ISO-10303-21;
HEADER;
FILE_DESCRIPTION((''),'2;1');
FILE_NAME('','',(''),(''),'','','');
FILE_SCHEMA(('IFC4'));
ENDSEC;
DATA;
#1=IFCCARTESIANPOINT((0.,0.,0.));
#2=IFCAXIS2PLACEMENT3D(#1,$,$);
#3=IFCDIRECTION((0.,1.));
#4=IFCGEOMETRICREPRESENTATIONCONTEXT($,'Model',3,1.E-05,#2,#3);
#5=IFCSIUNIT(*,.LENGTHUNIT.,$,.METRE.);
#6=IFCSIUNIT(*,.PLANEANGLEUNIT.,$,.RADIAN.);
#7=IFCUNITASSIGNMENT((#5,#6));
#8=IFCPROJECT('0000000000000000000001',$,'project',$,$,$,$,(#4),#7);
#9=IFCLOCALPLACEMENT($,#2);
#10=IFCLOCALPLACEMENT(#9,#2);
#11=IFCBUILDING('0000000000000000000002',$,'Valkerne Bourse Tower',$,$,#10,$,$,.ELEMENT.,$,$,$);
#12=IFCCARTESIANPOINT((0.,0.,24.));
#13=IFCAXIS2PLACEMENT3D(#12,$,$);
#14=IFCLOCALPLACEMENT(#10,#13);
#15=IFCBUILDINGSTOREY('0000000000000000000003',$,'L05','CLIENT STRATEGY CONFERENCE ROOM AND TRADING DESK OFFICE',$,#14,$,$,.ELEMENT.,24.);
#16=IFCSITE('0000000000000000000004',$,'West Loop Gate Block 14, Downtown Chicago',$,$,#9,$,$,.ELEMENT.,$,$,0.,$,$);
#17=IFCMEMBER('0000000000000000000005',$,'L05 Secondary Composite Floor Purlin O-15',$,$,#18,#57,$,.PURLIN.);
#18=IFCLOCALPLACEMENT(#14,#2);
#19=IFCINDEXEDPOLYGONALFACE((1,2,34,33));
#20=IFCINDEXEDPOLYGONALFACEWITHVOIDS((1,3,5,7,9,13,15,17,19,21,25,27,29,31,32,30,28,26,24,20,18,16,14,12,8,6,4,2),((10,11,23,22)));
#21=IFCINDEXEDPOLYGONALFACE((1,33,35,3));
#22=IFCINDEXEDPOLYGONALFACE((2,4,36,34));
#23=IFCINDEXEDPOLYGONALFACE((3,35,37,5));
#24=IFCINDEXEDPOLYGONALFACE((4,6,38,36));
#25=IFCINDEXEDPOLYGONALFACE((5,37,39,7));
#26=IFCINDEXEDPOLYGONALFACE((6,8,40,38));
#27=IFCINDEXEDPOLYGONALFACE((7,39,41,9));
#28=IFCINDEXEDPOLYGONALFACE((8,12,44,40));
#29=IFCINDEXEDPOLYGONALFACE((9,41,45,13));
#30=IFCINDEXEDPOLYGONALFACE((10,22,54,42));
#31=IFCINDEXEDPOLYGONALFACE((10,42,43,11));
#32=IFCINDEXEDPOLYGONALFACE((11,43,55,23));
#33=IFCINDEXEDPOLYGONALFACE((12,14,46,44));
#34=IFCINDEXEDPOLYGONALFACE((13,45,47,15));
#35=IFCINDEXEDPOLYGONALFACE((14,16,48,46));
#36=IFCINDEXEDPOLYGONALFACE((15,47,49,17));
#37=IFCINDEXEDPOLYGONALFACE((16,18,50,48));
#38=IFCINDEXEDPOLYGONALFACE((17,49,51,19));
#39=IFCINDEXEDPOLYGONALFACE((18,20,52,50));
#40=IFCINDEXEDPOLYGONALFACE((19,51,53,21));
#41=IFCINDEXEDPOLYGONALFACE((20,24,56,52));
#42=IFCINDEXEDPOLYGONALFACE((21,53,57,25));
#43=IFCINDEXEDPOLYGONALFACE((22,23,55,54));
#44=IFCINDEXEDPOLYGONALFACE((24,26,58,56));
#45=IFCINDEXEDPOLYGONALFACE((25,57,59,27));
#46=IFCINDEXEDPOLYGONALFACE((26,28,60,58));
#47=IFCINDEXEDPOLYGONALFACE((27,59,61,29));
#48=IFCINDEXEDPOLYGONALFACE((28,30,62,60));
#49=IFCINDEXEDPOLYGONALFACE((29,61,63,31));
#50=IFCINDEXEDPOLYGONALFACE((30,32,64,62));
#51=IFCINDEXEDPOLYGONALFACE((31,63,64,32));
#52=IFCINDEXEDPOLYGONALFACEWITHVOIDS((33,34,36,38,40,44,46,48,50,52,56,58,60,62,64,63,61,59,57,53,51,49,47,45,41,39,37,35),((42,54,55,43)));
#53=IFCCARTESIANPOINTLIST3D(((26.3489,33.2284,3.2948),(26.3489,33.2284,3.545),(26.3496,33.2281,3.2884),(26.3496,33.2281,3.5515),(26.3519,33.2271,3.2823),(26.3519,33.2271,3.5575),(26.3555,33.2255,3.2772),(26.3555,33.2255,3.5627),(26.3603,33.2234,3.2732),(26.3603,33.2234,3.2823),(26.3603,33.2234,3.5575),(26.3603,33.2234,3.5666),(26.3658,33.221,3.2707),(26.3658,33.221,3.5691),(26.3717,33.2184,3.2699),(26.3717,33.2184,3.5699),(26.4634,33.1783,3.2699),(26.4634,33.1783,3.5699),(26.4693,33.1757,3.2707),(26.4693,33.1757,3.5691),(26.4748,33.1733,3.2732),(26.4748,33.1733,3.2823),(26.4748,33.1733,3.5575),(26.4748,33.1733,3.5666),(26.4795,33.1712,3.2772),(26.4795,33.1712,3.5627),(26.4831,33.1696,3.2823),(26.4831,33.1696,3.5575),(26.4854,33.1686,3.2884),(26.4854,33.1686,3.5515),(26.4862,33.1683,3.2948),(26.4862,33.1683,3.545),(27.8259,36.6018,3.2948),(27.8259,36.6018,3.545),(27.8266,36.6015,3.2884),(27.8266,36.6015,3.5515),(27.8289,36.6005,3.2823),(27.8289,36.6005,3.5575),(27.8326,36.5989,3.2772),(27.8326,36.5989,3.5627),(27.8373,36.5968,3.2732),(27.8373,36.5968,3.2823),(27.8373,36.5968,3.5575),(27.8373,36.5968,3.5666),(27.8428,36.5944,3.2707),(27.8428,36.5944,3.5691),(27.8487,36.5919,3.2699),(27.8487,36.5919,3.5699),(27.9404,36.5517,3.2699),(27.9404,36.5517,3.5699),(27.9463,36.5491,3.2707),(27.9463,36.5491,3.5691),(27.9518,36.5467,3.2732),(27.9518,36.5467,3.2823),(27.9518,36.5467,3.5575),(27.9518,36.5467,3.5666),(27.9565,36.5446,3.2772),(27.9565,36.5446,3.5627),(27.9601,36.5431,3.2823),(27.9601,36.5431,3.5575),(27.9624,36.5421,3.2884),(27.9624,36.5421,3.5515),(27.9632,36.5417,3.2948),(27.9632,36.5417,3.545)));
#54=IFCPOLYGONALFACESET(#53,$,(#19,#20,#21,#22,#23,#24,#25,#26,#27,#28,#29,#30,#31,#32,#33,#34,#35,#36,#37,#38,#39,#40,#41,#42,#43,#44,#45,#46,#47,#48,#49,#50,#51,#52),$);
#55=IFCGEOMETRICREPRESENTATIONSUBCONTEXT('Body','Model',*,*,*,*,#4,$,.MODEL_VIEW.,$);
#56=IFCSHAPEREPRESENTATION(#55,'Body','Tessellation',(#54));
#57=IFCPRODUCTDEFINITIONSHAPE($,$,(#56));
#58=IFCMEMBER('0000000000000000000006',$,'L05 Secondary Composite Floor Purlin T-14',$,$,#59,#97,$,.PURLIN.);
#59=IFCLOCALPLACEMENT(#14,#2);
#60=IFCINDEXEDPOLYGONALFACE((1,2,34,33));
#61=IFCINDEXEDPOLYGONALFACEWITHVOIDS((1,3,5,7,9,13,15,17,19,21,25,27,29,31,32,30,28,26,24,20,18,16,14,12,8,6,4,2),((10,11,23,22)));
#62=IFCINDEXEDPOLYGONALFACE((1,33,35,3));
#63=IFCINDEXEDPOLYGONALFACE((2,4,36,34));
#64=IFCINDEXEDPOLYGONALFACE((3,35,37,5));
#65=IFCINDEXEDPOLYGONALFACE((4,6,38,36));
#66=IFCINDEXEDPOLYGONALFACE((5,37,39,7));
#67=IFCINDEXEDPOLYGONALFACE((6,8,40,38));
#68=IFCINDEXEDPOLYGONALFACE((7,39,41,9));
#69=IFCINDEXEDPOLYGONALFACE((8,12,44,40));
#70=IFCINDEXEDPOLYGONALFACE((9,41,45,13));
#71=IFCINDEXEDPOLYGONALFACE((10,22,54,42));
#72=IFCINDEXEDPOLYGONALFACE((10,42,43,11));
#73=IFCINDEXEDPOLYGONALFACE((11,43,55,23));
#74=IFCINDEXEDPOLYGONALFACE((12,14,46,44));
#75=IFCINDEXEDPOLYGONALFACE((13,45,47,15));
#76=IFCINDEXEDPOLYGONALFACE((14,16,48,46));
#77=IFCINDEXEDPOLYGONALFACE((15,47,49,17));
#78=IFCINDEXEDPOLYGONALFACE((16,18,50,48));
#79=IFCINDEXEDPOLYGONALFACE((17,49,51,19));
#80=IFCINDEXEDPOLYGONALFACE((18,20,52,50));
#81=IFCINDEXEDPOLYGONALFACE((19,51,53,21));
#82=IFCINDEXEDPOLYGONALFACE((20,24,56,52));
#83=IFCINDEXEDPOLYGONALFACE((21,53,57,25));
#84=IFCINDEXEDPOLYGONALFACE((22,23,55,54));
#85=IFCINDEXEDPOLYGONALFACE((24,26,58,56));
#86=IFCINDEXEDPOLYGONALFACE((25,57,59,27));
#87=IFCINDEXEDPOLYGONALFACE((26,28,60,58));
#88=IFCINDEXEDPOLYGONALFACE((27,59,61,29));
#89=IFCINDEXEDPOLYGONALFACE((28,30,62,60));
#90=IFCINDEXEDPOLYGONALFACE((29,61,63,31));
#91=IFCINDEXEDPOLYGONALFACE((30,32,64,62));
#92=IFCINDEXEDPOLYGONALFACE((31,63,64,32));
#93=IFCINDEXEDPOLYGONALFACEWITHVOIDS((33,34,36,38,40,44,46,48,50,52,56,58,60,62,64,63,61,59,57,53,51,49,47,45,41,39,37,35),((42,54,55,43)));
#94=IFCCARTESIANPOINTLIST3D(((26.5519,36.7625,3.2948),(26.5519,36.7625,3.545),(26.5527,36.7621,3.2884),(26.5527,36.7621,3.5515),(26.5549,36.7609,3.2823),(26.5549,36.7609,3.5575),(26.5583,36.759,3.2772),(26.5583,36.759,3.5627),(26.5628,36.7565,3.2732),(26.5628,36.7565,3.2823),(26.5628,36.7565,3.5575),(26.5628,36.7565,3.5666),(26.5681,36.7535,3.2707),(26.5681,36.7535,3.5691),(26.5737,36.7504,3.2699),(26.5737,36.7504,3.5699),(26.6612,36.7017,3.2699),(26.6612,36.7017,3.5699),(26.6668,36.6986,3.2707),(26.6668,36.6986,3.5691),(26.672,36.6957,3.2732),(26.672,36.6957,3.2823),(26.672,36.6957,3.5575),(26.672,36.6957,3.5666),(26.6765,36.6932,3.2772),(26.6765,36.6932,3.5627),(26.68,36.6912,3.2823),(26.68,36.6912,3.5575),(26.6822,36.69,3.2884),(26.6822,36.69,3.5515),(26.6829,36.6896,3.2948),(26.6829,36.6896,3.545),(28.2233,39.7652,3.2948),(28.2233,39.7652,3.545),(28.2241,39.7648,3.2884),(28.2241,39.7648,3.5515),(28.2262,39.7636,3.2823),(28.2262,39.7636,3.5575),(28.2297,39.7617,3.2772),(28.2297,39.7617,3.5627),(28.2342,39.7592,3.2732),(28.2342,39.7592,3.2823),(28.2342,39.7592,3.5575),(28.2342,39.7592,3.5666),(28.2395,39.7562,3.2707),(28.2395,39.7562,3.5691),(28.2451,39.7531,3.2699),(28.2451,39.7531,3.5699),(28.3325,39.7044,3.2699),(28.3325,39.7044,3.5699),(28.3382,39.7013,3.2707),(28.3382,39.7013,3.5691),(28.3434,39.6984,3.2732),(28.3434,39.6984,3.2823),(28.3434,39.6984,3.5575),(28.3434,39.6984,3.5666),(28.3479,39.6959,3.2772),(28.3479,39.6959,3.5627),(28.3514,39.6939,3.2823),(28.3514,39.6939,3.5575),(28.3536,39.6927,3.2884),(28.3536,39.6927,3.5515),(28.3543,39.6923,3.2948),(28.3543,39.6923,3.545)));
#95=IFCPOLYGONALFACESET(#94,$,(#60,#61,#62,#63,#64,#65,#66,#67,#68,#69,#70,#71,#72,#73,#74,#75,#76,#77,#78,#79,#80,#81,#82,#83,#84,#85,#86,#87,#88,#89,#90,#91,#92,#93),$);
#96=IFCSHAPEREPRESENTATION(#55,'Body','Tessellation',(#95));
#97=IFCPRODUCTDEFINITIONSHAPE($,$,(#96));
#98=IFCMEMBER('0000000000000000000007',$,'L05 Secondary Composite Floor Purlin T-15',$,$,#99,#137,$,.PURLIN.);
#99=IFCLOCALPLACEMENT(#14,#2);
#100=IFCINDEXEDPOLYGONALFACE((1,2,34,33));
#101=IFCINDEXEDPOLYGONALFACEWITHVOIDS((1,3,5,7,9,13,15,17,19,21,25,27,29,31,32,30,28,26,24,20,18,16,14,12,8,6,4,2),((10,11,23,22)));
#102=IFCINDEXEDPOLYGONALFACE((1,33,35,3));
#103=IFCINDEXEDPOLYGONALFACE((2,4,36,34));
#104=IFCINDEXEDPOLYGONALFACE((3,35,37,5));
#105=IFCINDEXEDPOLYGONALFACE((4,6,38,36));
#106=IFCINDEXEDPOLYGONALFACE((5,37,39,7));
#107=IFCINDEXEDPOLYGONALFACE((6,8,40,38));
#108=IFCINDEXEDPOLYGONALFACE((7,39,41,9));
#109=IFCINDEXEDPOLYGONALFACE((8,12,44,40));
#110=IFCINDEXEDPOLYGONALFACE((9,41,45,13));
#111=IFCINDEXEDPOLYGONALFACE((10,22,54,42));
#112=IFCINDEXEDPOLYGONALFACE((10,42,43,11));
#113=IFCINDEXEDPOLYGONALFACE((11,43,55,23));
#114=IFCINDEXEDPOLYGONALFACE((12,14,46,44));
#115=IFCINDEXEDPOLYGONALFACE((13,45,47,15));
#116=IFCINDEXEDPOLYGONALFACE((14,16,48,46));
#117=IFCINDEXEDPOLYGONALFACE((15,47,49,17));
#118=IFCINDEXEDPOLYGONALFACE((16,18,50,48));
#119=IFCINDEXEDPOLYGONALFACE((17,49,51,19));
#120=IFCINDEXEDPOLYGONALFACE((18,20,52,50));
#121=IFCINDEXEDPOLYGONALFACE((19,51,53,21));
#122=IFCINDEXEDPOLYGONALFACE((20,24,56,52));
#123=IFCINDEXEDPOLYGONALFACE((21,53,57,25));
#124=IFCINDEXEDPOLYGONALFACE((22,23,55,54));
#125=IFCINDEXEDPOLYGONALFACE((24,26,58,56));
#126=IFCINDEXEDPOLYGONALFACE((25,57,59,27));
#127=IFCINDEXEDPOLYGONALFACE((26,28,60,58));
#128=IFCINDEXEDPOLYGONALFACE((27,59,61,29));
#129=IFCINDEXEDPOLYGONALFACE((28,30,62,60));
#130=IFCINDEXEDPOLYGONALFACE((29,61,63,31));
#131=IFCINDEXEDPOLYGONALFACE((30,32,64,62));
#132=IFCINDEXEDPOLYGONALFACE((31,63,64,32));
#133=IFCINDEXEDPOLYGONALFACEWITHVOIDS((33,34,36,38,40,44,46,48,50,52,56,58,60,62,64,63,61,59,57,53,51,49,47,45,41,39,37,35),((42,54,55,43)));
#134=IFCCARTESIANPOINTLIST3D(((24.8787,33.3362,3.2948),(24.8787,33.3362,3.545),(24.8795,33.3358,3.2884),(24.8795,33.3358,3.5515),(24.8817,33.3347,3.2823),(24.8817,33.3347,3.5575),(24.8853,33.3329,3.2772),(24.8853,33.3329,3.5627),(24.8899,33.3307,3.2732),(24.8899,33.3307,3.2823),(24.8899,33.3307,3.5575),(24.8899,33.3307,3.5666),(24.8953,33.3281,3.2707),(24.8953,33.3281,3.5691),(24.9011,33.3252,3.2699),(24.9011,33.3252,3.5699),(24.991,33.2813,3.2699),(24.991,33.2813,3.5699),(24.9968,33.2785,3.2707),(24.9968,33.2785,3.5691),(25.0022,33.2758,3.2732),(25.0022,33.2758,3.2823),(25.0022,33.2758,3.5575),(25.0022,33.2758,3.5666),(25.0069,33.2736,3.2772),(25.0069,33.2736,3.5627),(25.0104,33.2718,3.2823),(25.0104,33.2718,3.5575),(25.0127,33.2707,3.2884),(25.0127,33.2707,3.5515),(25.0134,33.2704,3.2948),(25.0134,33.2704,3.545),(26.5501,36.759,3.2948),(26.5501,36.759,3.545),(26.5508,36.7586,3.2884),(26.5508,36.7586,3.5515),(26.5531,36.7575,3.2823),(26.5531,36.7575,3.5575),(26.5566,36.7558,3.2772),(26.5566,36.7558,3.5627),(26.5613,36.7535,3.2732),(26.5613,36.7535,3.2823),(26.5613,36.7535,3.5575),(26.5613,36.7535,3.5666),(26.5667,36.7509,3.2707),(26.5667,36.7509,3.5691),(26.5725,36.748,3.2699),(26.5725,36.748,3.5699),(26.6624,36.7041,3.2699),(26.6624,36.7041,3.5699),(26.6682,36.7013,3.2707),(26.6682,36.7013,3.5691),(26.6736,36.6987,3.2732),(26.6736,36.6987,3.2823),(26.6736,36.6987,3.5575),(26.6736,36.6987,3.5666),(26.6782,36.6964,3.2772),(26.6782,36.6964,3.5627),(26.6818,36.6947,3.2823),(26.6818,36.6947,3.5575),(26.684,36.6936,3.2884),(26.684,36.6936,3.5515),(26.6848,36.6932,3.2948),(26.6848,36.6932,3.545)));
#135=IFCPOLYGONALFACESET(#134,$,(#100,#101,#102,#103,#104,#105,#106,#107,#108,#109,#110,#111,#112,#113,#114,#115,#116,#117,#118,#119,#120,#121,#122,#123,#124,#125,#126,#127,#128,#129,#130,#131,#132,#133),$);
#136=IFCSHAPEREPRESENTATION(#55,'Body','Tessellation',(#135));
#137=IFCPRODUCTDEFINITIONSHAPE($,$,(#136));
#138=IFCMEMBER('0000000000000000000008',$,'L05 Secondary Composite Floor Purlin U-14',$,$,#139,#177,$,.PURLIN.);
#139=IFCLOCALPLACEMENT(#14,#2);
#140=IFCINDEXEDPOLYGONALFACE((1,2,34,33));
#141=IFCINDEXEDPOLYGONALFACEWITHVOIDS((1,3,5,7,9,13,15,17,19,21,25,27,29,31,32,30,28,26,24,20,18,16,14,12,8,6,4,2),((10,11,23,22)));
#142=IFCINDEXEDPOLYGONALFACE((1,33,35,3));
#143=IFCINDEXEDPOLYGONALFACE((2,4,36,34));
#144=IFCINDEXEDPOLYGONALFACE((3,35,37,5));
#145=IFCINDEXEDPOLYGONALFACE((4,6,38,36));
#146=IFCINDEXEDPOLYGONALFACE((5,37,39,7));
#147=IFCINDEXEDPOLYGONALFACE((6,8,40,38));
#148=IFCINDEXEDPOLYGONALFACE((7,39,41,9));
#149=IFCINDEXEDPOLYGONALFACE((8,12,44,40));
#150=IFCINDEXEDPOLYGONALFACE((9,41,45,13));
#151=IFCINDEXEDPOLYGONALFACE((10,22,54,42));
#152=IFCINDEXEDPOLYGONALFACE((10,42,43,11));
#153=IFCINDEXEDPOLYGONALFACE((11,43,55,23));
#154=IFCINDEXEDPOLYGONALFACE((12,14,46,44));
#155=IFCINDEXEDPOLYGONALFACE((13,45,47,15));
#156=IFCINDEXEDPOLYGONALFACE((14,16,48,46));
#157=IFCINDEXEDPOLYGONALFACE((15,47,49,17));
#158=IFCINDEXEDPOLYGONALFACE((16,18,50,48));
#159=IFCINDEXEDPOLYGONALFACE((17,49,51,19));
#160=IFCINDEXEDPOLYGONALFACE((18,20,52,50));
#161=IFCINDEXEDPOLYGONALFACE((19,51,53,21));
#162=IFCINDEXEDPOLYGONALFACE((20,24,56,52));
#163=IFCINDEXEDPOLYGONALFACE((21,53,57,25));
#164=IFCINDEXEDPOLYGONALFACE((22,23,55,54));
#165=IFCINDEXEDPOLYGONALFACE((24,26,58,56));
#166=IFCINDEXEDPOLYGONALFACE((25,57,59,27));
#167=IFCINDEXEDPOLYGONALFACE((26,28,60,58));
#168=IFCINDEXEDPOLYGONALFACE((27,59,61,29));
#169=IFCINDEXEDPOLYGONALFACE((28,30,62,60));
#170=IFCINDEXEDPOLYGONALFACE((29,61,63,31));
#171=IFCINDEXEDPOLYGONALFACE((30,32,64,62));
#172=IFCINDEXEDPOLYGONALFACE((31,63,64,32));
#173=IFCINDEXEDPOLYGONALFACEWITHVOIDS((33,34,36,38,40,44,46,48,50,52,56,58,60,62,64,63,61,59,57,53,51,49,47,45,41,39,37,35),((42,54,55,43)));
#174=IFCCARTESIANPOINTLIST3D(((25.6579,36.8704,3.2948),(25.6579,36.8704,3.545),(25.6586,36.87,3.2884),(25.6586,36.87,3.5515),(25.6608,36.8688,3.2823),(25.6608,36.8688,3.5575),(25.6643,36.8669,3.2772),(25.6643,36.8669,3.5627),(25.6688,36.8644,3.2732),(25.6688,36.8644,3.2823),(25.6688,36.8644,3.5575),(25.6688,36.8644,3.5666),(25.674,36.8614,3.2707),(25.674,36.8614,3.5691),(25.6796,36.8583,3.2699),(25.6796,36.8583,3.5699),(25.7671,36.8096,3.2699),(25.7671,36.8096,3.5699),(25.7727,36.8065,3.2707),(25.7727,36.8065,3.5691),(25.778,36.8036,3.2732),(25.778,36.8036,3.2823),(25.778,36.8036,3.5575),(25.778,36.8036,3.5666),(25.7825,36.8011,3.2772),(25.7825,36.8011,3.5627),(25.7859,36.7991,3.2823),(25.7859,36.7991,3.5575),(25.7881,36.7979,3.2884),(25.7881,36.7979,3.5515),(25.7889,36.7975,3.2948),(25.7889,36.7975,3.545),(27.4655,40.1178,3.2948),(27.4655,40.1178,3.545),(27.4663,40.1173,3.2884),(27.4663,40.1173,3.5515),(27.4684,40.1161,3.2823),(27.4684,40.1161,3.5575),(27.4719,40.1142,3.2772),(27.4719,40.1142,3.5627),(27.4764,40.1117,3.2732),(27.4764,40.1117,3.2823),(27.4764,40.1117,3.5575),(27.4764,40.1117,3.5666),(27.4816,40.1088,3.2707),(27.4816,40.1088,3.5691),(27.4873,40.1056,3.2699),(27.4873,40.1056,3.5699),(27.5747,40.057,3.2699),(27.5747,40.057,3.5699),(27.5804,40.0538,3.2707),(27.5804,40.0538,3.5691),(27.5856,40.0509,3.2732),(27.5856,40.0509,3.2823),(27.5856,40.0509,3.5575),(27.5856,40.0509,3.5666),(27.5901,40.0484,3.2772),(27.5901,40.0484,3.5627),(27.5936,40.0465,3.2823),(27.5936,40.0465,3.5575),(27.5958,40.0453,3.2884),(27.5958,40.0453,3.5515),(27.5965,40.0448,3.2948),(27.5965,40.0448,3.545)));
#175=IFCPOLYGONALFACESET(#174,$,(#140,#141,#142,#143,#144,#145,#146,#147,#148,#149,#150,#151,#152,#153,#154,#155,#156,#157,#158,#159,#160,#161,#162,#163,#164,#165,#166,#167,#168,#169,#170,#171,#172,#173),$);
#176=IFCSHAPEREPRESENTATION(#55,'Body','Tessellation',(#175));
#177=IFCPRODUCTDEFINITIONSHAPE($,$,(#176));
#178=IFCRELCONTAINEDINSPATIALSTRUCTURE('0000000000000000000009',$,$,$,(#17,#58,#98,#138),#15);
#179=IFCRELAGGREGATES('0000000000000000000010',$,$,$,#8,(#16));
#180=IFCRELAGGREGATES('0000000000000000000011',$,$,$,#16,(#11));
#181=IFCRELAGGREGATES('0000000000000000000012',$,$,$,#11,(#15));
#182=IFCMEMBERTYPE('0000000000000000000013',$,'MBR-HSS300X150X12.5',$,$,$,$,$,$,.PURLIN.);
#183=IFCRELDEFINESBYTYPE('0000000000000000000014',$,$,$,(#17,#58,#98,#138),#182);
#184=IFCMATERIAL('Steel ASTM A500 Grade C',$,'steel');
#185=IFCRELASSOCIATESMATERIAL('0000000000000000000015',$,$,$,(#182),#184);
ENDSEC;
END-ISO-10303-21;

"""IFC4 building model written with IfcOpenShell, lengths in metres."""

from ifc_helpers import new_model, si_unit, direction, frame, origin, origin_2d, place, context, subcontext, project, spatial, hollow_rectangle, extrude, material, material_profile, profile_set, type_object, element, save


model = new_model("IFC4")

# Units and contexts
model_context = context("Model", 3, precision=1e-05, world=origin(), true_north=direction((0.0, 1.0)))
body_context = subcontext(model_context, "Body", "Model", "MODEL_VIEW")
ifc_project = project(units=[si_unit("LENGTHUNIT", "METRE"), si_unit("PLANEANGLEUNIT", "RADIAN")], contexts=[model_context])

# Site, building, storey
site_placement = place(None, origin())
site = spatial("IfcSite", under=ifc_project, at=site_placement, Name="West Loop Gate Block 14, Downtown Chicago", CompositionType="ELEMENT", RefElevation=0.0)
building_placement = place(site_placement, origin())
building = spatial("IfcBuilding", under=site, at=building_placement, Name="Valkerne Bourse Tower", CompositionType="ELEMENT")
storey_placement = place(building_placement, frame((0.0, 0.0, 24.0)))
storey = spatial("IfcBuildingStorey", under=building, at=storey_placement, Name="L05", Description="CLIENT STRATEGY CONFERENCE ROOM AND TRADING DESK OFFICE", CompositionType="ELEMENT", Elevation=24.0)

# Members
ifc_material_1 = material(Name="Steel ASTM A500 Grade C", Category="steel")
ifc_material_profile_1 = material_profile(ifc_material_1, hollow_rectangle(XDim=0.1499, YDim=0.3, WallThickness=0.0125, OuterFilletRadius=0.0249, at=origin_2d()), Name="HSS300X150X12.5")
ifc_profile_set_1 = profile_set([ifc_material_profile_1], Name="Steel ASTM A500 Grade C")
member_type_1 = type_object("IfcMemberType", Name="MBR-HSS300X150X12.5", PredefinedType="PURLIN", material=ifc_profile_set_1)
member_1_placement = place(storey_placement, frame((27.8945, 36.5718, 3.4199), z_axis=(-0.401076, -0.916045, 0.0), x_axis=(0.916045, -0.401076, 0.0)))
element("IfcMember", 1, at=member_1_placement, inside=storey, type_object=member_type_1, Name="L05 Secondary Composite Floor Purlin O-15", PredefinedType="PURLIN", context=body_context, shape_type="SweptSolid", body=[
    extrude(hollow_rectangle(XDim=0.1499, YDim=0.3, WallThickness=0.0125, OuterFilletRadius=0.0249, at=origin_2d()), origin(), (0.0, 0.0, 1.0), 3.6826),
])
member_2_placement = place(storey_placement, frame((28.2888, 39.7288, 3.4199), z_axis=(-0.486361, -0.873758, 0.0), x_axis=(0.873758, -0.486361, 0.0)))
element("IfcMember", 2, at=member_2_placement, inside=storey, type_object=member_type_1, Name="L05 Secondary Composite Floor Purlin T-14", PredefinedType="PURLIN", context=body_context, shape_type="SweptSolid", body=[
    extrude(hollow_rectangle(XDim=0.1499, YDim=0.3, WallThickness=0.0125, OuterFilletRadius=0.0249, at=origin_2d()), origin(), (0.0, 0.0, 1.0), 3.4365),
])
member_3_placement = place(storey_placement, frame((26.6174, 36.7261, 3.4199), z_axis=(-0.438785, -0.898592, 0.0), x_axis=(0.898592, -0.438785, 0.0)))
element("IfcMember", 3, at=member_3_placement, inside=storey, type_object=member_type_1, Name="L05 Secondary Composite Floor Purlin T-15", PredefinedType="PURLIN", context=body_context, shape_type="SweptSolid", body=[
    extrude(hollow_rectangle(XDim=0.1499, YDim=0.3, WallThickness=0.0125, OuterFilletRadius=0.0249, at=origin_2d()), origin(), (0.0, 0.0, 1.0), 3.8091),
])
member_4_placement = place(storey_placement, frame((27.531, 40.0813, 3.4199), z_axis=(-0.486373, -0.873751, 0.0), x_axis=(0.873751, -0.486373, 0.0)))
element("IfcMember", 4, at=member_4_placement, inside=storey, type_object=member_type_1, Name="L05 Secondary Composite Floor Purlin U-14", PredefinedType="PURLIN", context=body_context, shape_type="SweptSolid", body=[
    extrude(hollow_rectangle(XDim=0.1499, YDim=0.3, WallThickness=0.0125, OuterFilletRadius=0.0249, at=origin_2d()), origin(), (0.0, 0.0, 1.0), 3.7166),
])

save(model, "model.ifc")
